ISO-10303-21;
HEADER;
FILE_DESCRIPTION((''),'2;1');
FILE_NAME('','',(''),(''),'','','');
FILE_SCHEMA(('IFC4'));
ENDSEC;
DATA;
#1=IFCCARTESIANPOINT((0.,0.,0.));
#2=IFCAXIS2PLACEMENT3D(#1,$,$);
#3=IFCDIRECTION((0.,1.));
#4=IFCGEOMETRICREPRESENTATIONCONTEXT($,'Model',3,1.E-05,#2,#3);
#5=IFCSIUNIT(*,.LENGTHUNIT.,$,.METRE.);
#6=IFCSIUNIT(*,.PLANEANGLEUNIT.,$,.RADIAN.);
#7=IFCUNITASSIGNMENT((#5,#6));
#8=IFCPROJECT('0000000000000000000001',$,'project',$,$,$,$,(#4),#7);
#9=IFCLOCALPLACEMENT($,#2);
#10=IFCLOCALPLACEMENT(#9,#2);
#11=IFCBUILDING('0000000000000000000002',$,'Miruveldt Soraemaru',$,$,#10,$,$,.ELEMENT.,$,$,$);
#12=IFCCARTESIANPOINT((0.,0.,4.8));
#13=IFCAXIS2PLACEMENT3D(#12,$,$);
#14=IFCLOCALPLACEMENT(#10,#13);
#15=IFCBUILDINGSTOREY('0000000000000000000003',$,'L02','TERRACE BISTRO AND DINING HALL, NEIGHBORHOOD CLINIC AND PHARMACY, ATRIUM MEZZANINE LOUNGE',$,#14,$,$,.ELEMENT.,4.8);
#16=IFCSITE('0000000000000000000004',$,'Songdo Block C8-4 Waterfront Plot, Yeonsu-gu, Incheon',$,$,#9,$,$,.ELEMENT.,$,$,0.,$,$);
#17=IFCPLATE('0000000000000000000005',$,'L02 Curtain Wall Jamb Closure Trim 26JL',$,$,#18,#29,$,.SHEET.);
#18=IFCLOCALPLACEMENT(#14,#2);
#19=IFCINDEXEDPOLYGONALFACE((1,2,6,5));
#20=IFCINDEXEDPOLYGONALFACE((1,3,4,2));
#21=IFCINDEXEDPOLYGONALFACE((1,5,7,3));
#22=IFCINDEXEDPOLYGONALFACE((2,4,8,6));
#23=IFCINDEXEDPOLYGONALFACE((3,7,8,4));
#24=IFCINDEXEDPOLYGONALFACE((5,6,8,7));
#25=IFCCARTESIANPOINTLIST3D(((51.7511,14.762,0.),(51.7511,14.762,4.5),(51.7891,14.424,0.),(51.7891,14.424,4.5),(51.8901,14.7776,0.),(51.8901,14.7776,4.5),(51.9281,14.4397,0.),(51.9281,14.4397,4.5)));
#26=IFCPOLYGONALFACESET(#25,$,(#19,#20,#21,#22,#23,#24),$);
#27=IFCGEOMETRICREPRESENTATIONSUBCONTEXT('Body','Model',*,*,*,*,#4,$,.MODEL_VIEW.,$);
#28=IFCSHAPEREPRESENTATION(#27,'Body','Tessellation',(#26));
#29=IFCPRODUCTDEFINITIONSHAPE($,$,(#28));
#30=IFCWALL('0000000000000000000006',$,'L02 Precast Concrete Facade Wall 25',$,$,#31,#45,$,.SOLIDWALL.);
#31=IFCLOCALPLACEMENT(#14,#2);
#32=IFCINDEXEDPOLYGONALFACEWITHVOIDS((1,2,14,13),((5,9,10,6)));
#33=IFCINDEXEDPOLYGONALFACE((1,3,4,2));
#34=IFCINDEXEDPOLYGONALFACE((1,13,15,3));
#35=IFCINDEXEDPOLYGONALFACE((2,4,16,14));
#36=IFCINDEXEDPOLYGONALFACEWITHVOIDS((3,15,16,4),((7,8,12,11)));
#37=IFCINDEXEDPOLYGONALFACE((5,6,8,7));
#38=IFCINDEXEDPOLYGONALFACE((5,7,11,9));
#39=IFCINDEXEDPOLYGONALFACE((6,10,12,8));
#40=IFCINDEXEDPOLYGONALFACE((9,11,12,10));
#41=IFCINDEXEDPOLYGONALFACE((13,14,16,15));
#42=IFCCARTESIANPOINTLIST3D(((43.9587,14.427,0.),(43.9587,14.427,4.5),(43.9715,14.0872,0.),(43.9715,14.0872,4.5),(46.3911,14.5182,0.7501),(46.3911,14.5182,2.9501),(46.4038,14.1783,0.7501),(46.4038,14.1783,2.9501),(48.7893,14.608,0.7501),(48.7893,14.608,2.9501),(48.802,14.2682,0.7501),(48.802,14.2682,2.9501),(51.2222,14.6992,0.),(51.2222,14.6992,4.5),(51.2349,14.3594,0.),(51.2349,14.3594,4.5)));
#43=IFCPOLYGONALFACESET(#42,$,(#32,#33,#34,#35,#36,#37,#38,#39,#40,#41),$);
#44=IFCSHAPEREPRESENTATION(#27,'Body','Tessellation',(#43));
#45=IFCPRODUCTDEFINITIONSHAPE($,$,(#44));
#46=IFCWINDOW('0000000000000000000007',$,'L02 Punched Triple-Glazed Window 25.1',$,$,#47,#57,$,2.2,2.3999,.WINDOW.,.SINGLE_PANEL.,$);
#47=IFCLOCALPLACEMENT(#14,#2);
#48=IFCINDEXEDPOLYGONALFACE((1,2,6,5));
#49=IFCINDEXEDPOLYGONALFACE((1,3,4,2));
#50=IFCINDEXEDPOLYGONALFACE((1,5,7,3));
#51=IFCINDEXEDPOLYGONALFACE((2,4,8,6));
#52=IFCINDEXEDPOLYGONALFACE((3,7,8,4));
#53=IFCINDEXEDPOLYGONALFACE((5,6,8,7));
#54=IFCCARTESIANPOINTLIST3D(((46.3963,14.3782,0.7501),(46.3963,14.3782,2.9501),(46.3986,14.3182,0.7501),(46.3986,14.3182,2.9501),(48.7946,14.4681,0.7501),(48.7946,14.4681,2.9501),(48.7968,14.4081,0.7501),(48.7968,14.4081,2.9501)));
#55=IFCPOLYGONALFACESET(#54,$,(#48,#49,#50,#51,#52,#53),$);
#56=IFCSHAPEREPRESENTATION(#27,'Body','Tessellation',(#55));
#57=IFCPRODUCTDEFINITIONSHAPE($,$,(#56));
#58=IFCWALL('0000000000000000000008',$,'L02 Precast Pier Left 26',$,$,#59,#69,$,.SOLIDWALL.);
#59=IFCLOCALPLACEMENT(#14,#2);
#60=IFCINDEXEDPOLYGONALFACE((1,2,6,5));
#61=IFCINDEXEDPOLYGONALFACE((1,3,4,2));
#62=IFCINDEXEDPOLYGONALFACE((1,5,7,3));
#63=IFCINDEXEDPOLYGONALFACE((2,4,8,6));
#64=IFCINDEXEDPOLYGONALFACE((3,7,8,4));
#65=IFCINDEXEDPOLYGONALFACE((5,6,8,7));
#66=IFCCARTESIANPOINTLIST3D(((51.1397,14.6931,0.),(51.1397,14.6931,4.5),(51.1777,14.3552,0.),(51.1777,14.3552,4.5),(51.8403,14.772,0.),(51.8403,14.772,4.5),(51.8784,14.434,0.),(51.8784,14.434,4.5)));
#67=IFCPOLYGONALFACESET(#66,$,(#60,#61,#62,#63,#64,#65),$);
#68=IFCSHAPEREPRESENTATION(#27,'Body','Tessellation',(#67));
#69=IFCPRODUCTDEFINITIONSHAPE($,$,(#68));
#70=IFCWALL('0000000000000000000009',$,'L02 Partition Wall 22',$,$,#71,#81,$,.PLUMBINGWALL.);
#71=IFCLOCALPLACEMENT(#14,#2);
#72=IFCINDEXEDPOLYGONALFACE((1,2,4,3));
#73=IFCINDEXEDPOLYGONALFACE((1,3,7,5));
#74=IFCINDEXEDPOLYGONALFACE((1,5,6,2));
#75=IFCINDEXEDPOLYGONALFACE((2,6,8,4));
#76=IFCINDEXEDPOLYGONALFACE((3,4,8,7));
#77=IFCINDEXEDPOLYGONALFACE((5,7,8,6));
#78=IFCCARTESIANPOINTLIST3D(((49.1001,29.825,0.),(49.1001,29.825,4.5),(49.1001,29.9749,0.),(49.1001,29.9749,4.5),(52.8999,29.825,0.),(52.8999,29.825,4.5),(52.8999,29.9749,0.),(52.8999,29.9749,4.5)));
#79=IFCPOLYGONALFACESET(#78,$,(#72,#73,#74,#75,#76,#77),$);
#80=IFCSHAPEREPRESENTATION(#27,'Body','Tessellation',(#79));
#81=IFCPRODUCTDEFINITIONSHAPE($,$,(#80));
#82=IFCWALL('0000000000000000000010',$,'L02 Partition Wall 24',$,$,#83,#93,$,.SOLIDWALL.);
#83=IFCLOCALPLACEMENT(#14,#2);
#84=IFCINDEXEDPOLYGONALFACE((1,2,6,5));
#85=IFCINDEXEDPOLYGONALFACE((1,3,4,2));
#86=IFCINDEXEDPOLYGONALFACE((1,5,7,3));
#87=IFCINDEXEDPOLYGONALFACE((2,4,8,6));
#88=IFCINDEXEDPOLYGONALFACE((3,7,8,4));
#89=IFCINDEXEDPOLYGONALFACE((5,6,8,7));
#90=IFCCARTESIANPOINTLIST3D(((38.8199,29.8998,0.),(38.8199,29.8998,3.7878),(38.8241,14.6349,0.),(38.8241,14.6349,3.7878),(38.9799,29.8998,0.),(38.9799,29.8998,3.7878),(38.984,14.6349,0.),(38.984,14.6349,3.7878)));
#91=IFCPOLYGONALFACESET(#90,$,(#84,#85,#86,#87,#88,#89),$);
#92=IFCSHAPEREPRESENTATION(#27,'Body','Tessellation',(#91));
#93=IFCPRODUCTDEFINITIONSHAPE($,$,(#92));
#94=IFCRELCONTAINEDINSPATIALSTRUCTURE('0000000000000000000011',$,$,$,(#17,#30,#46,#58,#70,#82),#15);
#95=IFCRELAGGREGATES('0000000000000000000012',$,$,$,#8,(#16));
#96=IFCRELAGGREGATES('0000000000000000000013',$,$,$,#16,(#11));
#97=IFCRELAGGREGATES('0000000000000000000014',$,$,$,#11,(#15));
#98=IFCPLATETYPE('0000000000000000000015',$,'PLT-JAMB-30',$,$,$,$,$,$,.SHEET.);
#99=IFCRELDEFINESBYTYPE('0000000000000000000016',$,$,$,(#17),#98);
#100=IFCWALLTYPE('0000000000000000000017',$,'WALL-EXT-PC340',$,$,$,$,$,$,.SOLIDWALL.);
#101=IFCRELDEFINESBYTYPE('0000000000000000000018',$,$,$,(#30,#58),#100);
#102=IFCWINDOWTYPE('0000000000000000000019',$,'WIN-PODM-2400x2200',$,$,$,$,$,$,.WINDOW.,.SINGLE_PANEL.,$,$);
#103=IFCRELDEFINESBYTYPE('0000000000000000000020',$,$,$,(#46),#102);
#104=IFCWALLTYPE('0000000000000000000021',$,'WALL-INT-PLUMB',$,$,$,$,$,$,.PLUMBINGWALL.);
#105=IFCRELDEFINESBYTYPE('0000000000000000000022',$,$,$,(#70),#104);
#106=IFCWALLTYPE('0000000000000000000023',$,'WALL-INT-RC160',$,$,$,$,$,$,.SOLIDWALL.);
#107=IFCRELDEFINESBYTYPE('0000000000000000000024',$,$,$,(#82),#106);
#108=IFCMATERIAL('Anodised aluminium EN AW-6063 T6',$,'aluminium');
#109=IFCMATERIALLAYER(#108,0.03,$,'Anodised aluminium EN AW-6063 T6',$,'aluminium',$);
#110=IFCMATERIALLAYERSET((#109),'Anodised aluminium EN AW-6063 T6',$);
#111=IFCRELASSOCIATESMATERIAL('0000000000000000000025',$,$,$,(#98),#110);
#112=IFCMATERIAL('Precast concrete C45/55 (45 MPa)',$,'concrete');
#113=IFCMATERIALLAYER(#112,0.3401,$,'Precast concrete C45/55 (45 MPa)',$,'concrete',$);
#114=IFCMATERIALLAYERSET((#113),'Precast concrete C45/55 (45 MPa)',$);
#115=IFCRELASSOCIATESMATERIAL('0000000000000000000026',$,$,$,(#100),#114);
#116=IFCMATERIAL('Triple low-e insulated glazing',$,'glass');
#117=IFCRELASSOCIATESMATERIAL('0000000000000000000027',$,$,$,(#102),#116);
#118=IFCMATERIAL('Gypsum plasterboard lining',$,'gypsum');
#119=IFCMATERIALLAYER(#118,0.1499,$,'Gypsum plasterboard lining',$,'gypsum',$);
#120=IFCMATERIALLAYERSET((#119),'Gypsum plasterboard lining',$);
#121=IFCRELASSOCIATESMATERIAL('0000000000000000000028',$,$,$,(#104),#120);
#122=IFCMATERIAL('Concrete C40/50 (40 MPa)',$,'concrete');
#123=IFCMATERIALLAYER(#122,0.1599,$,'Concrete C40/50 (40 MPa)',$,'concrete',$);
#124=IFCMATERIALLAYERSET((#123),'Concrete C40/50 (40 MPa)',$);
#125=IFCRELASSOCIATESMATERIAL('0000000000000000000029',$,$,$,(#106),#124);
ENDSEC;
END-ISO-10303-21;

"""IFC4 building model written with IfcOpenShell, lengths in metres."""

from ifc_helpers import new_model, si_unit, direction, frame, frame_2d, origin, origin_2d, place, context, subcontext, project, spatial, rectangle, extrude, material, layer, layer_set, type_object, element, fill, save


model = new_model("IFC4")

# Units and contexts
model_context = context("Model", 3, precision=1e-05, world=origin(), true_north=direction((0.0, 1.0)))
body_context = subcontext(model_context, "Body", "Model", "MODEL_VIEW")
ifc_project = project(units=[si_unit("LENGTHUNIT", "METRE"), si_unit("PLANEANGLEUNIT", "RADIAN")], contexts=[model_context])

# Site, building, storey
site_placement = place(None, origin())
site = spatial("IfcSite", under=ifc_project, at=site_placement, Name="Songdo Block C8-4 Waterfront Plot, Yeonsu-gu, Incheon", CompositionType="ELEMENT", RefElevation=0.0)
building_placement = place(site_placement, origin())
building = spatial("IfcBuilding", under=site, at=building_placement, Name="Miruveldt Soraemaru", CompositionType="ELEMENT")
storey_placement = place(building_placement, frame((0.0, 0.0, 4.8)))
storey = spatial("IfcBuildingStorey", under=building, at=storey_placement, Name="L02", Description="TERRACE BISTRO AND DINING HALL, NEIGHBORHOOD CLINIC AND PHARMACY, ATRIUM MEZZANINE LOUNGE", CompositionType="ELEMENT", Elevation=4.8)

# Shared definitions
ifc_material_1 = material(Name="Anodised aluminium EN AW-6063 T6", Category="aluminium")
ifc_material_2 = material(Name="Triple low-e insulated glazing", Category="glass")

# Plate
ifc_layer_1 = layer(ifc_material_1, 0.03, Name="Anodised aluminium EN AW-6063 T6", Category="aluminium")
ifc_layer_set_1 = layer_set([ifc_layer_1], Name="Anodised aluminium EN AW-6063 T6")
plate_type_1 = type_object("IfcPlateType", Name="PLT-JAMB-30", PredefinedType="SHEET", material=ifc_layer_set_1)
plate_1_placement = place(storey_placement, frame((51.8396, 14.6008, 0.0), z_axis=(0.0, 0.0, 1.0), x_axis=(0.993731, 0.111798, 0.0)))
element("IfcPlate", 1, at=plate_1_placement, inside=storey, type_object=plate_type_1, Name="L02 Curtain Wall Jamb Closure Trim 26JL", PredefinedType="SHEET", context=body_context, shape_type="SweptSolid", body=[
    extrude(rectangle(XDim=0.1399, YDim=0.3401, at=origin_2d()), origin(), (0.0, 0.0, 1.0), 4.5),
])

# Wall, opening, window
ifc_material_3 = material(Name="Precast concrete C45/55 (45 MPa)", Category="concrete")
ifc_layer_2 = layer(ifc_material_3, 0.3401, Name="Precast concrete C45/55 (45 MPa)", Category="concrete")
ifc_layer_set_2 = layer_set([ifc_layer_2], Name="Precast concrete C45/55 (45 MPa)")
wall_type_1 = type_object("IfcWallType", Name="WALL-EXT-PC340", PredefinedType="SOLIDWALL", material=ifc_layer_set_2)
wall_1_placement = place(storey_placement, frame((43.9651, 14.2571, 0.0), z_axis=(0.0, 0.0, 1.0), x_axis=(0.999298, 0.037451, 0.0)))
wall_1 = element("IfcWall", 2, at=wall_1_placement, inside=storey, type_object=wall_type_1, Name="L02 Precast Concrete Facade Wall 25", PredefinedType="SOLIDWALL", context=body_context, shape_type="SweptSolid", body=[
    extrude(rectangle(XDim=7.2686, YDim=0.3401, at=frame_2d((3.6343, 0.0))), origin(), (0.0, 0.0, 1.0), 4.5),
])
opening_placement = place(wall_1_placement, frame((2.4341, 0.0, 0.75)))
opening = element("IfcOpeningElement", 3, at=opening_placement, cuts=wall_1, PredefinedType="OPENING", context=body_context, shape_type="SweptSolid", body=[
    extrude(rectangle(XDim=2.3999, YDim=2.2, at=frame_2d((1.2, 1.1001))), frame((0.0, 0.1802, 0.0), z_axis=(0.0, -1.0, 0.0), x_axis=(1.0, 0.0, 0.0)), (0.0, 0.0, 1.0), 0.3601),
])
window_type = type_object("IfcWindowType", Name="WIN-PODM-2400x2200", PartitioningType="SINGLE_PANEL", PredefinedType="WINDOW", material=ifc_material_2)
window_placement = place(opening_placement, origin())
window = element("IfcWindow", 4, at=window_placement, inside=storey, type_object=window_type, Name="L02 Punched Triple-Glazed Window 25.1", OverallHeight=2.2, OverallWidth=2.3999, PartitioningType="SINGLE_PANEL", PredefinedType="WINDOW", context=body_context, shape_type="SweptSolid", body=[
    extrude(rectangle(XDim=2.3999, YDim=2.2, at=frame_2d((1.2, 1.1001))), frame((0.0, 0.03, 0.0), z_axis=(0.0, -1.0, 0.0), x_axis=(1.0, 0.0, 0.0)), (0.0, 0.0, 1.0), 0.0601),
])
fill(opening, window)

# Walls
wall_2_placement = place(storey_placement, frame((51.1587, 14.5242, 0.0), z_axis=(0.0, 0.0, 1.0), x_axis=(0.993727, 0.111838, 0.0)))
element("IfcWall", 5, at=wall_2_placement, inside=storey, type_object=wall_type_1, Name="L02 Precast Pier Left 26", PredefinedType="SOLIDWALL", context=body_context, shape_type="SweptSolid", body=[
    extrude(rectangle(XDim=0.7051, YDim=0.3401, at=frame_2d((0.3525, 0.0))), origin(), (0.0, 0.0, 1.0), 4.5),
])
ifc_material_4 = material(Name="Gypsum plasterboard lining", Category="gypsum")
ifc_layer_3 = layer(ifc_material_4, 0.1499, Name="Gypsum plasterboard lining", Category="gypsum")
ifc_layer_set_3 = layer_set([ifc_layer_3], Name="Gypsum plasterboard lining")
wall_type_2 = type_object("IfcWallType", Name="WALL-INT-PLUMB", PredefinedType="PLUMBINGWALL", material=ifc_layer_set_3)
wall_3_placement = place(storey_placement, frame((49.1001, 29.8999, 0.0), z_axis=(0.0, 0.0, 1.0), x_axis=(1.0, 0.0, 0.0)))
element("IfcWall", 6, at=wall_3_placement, inside=storey, type_object=wall_type_2, Name="L02 Partition Wall 22", PredefinedType="PLUMBINGWALL", context=body_context, shape_type="SweptSolid", body=[
    extrude(rectangle(XDim=3.7998, YDim=0.1499, at=frame_2d((1.8999, 0.0))), origin(), (0.0, 0.0, 1.0), 4.5),
])
ifc_material_5 = material(Name="Concrete C40/50 (40 MPa)", Category="concrete")
ifc_layer_4 = layer(ifc_material_5, 0.1599, Name="Concrete C40/50 (40 MPa)", Category="concrete")
ifc_layer_set_4 = layer_set([ifc_layer_4], Name="Concrete C40/50 (40 MPa)")
wall_type_3 = type_object("IfcWallType", Name="WALL-INT-RC160", PredefinedType="SOLIDWALL", material=ifc_layer_set_4)
wall_4_placement = place(storey_placement, frame((38.9041, 14.635, 0.0), z_axis=(0.0, 0.0, 1.0), x_axis=(-0.000272, 1.0, 0.0)))
element("IfcWall", 7, at=wall_4_placement, inside=storey, type_object=wall_type_3, Name="L02 Partition Wall 24", PredefinedType="SOLIDWALL", context=body_context, shape_type="SweptSolid", body=[
    extrude(rectangle(XDim=15.2649, YDim=0.1599, at=frame_2d((7.6323, 0.0))), origin(), (0.0, 0.0, 1.0), 3.7878),
])

save(model, "model.ifc")
